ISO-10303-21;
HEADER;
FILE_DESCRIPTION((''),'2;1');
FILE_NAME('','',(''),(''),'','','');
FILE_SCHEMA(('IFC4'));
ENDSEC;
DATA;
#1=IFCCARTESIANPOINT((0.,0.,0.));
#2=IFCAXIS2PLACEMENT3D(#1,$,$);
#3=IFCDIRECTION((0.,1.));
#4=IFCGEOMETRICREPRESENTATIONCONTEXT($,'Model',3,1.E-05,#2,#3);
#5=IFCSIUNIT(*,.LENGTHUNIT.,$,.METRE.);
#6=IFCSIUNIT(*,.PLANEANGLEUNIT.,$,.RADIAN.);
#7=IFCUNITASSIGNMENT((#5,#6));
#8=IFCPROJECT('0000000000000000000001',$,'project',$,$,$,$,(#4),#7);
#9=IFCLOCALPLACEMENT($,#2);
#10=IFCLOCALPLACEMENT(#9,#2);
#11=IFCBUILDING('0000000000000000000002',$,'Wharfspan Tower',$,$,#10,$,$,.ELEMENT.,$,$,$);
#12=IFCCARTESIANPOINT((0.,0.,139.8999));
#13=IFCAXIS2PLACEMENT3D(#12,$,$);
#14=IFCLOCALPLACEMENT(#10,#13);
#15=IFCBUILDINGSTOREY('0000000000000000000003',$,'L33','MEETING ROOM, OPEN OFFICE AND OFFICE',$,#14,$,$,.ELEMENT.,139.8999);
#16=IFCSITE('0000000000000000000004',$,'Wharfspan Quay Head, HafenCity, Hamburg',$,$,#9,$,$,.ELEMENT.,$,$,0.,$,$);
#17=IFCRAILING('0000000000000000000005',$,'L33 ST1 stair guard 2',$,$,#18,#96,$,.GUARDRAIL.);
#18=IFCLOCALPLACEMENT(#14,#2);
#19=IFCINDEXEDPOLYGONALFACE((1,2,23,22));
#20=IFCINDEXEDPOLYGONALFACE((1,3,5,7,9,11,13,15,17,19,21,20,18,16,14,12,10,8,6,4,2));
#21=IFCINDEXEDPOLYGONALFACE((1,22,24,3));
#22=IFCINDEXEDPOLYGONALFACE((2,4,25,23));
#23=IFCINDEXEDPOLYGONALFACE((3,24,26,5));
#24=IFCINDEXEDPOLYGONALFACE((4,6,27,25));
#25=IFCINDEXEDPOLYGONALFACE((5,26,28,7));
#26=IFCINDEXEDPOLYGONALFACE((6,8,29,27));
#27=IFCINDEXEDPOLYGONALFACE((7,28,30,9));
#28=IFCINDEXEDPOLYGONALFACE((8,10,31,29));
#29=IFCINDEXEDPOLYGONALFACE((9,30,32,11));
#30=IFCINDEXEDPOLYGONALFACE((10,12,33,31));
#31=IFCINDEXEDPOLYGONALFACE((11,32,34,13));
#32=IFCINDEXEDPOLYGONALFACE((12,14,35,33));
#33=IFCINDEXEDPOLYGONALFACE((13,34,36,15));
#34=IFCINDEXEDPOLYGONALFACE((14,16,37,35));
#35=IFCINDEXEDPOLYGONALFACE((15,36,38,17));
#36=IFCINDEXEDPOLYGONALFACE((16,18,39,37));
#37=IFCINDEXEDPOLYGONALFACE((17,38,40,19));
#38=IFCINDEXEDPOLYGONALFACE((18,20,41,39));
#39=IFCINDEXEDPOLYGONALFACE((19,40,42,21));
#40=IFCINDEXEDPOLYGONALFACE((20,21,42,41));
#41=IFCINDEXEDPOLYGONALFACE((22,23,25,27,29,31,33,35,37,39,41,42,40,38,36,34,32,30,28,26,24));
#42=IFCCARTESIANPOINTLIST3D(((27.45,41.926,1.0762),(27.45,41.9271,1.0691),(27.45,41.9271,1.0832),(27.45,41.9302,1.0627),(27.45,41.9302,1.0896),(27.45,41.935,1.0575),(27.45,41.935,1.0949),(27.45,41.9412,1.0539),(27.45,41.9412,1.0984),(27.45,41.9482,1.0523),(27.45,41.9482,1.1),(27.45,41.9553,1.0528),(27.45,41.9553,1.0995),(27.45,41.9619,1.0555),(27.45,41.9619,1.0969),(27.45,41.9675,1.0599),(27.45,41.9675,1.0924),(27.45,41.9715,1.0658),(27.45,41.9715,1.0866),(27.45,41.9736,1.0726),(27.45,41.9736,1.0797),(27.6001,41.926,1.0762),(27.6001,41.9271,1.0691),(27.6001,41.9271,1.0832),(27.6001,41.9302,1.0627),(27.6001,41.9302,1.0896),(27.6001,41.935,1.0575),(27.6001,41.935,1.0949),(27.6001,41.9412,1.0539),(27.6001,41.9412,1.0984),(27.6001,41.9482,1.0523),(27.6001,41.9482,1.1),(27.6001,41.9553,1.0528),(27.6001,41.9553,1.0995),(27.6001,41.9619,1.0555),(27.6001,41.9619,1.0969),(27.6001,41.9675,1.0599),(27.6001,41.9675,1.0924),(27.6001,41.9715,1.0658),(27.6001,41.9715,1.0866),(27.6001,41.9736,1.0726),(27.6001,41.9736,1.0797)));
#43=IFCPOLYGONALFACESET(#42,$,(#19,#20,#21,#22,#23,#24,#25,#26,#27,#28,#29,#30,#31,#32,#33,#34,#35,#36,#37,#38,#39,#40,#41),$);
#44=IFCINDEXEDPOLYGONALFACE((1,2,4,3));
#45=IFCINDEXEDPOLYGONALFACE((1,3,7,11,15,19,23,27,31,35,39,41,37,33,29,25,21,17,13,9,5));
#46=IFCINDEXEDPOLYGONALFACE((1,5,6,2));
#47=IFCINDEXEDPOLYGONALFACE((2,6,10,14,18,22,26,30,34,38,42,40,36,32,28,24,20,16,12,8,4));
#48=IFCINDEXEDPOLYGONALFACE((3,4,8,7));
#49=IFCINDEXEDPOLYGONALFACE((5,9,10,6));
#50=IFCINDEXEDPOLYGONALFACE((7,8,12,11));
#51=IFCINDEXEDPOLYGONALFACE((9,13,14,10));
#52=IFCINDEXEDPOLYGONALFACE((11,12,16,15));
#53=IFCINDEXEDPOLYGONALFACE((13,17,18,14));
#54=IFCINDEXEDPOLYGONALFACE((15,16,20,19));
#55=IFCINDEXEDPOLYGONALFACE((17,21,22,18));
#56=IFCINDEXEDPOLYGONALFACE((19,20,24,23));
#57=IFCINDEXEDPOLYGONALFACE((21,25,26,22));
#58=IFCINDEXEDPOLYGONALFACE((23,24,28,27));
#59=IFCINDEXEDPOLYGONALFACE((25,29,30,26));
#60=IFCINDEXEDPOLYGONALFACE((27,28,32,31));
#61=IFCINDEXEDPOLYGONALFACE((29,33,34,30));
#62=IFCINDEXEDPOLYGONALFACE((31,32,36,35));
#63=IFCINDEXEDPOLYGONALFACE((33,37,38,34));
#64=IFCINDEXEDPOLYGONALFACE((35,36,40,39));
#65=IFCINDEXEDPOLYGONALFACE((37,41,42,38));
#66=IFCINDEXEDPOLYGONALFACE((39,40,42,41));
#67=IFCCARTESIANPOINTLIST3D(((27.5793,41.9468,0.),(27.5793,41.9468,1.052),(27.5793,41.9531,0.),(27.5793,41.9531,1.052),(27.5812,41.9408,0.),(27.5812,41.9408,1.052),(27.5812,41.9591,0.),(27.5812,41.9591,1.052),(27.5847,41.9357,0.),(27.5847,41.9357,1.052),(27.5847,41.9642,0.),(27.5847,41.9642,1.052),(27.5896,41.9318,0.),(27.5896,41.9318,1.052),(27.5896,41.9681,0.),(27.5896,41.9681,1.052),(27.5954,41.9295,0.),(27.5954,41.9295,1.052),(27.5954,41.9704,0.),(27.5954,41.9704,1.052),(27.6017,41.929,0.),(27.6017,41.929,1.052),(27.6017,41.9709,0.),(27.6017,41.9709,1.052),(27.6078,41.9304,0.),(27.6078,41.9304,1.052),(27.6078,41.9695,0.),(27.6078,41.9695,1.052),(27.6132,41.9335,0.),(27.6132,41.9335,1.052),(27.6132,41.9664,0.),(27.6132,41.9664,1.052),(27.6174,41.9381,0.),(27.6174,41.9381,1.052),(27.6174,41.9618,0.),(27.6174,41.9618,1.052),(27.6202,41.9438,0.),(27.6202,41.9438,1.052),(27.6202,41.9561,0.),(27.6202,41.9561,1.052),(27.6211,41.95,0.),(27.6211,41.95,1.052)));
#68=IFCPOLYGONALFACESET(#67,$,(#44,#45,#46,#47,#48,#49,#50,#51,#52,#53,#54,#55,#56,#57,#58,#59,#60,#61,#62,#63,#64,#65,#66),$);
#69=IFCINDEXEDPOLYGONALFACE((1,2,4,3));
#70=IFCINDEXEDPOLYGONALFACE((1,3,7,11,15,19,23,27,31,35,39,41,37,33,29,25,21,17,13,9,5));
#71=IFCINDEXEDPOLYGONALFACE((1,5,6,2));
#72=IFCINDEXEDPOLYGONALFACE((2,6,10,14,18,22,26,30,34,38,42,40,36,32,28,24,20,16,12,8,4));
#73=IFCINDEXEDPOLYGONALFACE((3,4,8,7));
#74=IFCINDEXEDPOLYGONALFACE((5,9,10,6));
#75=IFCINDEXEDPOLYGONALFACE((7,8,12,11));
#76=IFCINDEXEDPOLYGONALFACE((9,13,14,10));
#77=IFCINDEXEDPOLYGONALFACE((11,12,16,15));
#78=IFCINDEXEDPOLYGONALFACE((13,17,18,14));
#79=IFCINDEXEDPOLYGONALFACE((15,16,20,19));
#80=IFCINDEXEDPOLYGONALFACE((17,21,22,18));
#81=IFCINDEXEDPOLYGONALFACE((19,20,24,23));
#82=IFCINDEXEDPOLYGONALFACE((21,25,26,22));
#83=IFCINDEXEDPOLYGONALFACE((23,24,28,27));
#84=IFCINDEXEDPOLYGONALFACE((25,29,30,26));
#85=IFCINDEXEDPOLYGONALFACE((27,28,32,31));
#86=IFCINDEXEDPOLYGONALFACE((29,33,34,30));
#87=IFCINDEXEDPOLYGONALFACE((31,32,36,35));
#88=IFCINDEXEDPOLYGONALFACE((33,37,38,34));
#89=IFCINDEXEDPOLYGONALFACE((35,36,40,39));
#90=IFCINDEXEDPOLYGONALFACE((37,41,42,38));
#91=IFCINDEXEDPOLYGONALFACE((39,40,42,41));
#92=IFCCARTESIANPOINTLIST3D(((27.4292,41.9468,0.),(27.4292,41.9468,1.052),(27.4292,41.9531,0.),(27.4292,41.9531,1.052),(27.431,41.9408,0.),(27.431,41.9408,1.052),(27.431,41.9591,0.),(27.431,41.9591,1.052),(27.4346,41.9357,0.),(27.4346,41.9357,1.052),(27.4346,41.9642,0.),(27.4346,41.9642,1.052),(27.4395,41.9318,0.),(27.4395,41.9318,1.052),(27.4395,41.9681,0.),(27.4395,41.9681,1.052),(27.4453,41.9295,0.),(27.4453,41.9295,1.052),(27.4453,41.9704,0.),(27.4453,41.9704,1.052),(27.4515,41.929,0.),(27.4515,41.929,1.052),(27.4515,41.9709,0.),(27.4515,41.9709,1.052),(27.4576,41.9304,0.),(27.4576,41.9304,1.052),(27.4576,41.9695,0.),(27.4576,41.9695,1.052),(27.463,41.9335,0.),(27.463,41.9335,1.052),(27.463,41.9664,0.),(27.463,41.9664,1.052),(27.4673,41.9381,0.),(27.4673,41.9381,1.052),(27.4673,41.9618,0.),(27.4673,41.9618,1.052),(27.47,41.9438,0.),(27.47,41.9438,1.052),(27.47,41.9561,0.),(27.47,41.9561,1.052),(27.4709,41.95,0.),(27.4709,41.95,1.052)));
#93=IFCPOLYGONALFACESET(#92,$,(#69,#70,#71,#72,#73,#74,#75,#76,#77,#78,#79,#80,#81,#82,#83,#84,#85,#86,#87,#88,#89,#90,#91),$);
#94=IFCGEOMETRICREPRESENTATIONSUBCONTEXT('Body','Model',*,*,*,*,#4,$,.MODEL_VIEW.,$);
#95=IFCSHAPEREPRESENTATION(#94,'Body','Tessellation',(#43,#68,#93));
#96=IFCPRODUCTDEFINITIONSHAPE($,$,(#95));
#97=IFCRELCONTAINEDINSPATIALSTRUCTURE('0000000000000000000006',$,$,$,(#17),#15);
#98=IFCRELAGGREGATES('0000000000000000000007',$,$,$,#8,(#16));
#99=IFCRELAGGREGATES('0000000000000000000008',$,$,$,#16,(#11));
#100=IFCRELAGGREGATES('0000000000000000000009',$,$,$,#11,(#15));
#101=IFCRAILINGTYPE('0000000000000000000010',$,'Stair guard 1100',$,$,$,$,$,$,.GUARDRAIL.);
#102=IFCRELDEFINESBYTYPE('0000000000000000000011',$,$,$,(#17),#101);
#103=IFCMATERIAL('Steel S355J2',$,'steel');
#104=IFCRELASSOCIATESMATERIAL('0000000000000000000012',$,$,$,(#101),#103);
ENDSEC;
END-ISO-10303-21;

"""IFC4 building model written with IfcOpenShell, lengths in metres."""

from ifc_helpers import new_model, si_unit, direction, frame, origin, origin_2d, place, context, subcontext, project, spatial, circle, extrude, material, type_object, element, save


model = new_model("IFC4")

# Units and contexts
model_context = context("Model", 3, precision=1e-05, world=origin(), true_north=direction((0.0, 1.0)))
body_context = subcontext(model_context, "Body", "Model", "MODEL_VIEW")
ifc_project = project(units=[si_unit("LENGTHUNIT", "METRE"), si_unit("PLANEANGLEUNIT", "RADIAN")], contexts=[model_context])

# Site, building, storey
site_placement = place(None, origin())
site = spatial("IfcSite", under=ifc_project, at=site_placement, Name="Wharfspan Quay Head, HafenCity, Hamburg", CompositionType="ELEMENT", RefElevation=0.0)
building_placement = place(site_placement, origin())
building = spatial("IfcBuilding", under=site, at=building_placement, Name="Wharfspan Tower", CompositionType="ELEMENT")
storey_placement = place(building_placement, frame((0.0, 0.0, 139.8999)))
storey = spatial("IfcBuildingStorey", under=building, at=storey_placement, Name="L33", Description="MEETING ROOM, OPEN OFFICE AND OFFICE", CompositionType="ELEMENT", Elevation=139.8999)

# Shared definitions
ifc_material_1 = material(Name="Steel S355J2", Category="steel")

# Railing
railing_type_1 = type_object("IfcRailingType", Name="Stair guard 1100", PredefinedType="GUARDRAIL", material=ifc_material_1)
railing_1_placement = place(storey_placement, frame((27.6001, 41.95, 0.0)))
element("IfcRailing", 1, at=railing_1_placement, inside=storey, type_object=railing_type_1, Name="L33 ST1 stair guard 2", PredefinedType="GUARDRAIL", context=body_context, shape_type="SweptSolid", body=[
    extrude(circle(Radius=0.0239, at=origin_2d()), frame((0.0, 0.0, 1.0762), z_axis=(-1.0, 0.0, 0.0), x_axis=(0.0, -1.0, 0.0)), (0.0, 0.0, 1.0), 0.1501),
    extrude(circle(Radius=0.021, at=origin_2d()), origin(), (0.0, 0.0, 1.0), 1.052),
    extrude(circle(Radius=0.021, at=origin_2d()), frame((-0.1501, 0.0, 0.0)), (0.0, 0.0, 1.0), 1.052),
])

save(model, "model.ifc")
